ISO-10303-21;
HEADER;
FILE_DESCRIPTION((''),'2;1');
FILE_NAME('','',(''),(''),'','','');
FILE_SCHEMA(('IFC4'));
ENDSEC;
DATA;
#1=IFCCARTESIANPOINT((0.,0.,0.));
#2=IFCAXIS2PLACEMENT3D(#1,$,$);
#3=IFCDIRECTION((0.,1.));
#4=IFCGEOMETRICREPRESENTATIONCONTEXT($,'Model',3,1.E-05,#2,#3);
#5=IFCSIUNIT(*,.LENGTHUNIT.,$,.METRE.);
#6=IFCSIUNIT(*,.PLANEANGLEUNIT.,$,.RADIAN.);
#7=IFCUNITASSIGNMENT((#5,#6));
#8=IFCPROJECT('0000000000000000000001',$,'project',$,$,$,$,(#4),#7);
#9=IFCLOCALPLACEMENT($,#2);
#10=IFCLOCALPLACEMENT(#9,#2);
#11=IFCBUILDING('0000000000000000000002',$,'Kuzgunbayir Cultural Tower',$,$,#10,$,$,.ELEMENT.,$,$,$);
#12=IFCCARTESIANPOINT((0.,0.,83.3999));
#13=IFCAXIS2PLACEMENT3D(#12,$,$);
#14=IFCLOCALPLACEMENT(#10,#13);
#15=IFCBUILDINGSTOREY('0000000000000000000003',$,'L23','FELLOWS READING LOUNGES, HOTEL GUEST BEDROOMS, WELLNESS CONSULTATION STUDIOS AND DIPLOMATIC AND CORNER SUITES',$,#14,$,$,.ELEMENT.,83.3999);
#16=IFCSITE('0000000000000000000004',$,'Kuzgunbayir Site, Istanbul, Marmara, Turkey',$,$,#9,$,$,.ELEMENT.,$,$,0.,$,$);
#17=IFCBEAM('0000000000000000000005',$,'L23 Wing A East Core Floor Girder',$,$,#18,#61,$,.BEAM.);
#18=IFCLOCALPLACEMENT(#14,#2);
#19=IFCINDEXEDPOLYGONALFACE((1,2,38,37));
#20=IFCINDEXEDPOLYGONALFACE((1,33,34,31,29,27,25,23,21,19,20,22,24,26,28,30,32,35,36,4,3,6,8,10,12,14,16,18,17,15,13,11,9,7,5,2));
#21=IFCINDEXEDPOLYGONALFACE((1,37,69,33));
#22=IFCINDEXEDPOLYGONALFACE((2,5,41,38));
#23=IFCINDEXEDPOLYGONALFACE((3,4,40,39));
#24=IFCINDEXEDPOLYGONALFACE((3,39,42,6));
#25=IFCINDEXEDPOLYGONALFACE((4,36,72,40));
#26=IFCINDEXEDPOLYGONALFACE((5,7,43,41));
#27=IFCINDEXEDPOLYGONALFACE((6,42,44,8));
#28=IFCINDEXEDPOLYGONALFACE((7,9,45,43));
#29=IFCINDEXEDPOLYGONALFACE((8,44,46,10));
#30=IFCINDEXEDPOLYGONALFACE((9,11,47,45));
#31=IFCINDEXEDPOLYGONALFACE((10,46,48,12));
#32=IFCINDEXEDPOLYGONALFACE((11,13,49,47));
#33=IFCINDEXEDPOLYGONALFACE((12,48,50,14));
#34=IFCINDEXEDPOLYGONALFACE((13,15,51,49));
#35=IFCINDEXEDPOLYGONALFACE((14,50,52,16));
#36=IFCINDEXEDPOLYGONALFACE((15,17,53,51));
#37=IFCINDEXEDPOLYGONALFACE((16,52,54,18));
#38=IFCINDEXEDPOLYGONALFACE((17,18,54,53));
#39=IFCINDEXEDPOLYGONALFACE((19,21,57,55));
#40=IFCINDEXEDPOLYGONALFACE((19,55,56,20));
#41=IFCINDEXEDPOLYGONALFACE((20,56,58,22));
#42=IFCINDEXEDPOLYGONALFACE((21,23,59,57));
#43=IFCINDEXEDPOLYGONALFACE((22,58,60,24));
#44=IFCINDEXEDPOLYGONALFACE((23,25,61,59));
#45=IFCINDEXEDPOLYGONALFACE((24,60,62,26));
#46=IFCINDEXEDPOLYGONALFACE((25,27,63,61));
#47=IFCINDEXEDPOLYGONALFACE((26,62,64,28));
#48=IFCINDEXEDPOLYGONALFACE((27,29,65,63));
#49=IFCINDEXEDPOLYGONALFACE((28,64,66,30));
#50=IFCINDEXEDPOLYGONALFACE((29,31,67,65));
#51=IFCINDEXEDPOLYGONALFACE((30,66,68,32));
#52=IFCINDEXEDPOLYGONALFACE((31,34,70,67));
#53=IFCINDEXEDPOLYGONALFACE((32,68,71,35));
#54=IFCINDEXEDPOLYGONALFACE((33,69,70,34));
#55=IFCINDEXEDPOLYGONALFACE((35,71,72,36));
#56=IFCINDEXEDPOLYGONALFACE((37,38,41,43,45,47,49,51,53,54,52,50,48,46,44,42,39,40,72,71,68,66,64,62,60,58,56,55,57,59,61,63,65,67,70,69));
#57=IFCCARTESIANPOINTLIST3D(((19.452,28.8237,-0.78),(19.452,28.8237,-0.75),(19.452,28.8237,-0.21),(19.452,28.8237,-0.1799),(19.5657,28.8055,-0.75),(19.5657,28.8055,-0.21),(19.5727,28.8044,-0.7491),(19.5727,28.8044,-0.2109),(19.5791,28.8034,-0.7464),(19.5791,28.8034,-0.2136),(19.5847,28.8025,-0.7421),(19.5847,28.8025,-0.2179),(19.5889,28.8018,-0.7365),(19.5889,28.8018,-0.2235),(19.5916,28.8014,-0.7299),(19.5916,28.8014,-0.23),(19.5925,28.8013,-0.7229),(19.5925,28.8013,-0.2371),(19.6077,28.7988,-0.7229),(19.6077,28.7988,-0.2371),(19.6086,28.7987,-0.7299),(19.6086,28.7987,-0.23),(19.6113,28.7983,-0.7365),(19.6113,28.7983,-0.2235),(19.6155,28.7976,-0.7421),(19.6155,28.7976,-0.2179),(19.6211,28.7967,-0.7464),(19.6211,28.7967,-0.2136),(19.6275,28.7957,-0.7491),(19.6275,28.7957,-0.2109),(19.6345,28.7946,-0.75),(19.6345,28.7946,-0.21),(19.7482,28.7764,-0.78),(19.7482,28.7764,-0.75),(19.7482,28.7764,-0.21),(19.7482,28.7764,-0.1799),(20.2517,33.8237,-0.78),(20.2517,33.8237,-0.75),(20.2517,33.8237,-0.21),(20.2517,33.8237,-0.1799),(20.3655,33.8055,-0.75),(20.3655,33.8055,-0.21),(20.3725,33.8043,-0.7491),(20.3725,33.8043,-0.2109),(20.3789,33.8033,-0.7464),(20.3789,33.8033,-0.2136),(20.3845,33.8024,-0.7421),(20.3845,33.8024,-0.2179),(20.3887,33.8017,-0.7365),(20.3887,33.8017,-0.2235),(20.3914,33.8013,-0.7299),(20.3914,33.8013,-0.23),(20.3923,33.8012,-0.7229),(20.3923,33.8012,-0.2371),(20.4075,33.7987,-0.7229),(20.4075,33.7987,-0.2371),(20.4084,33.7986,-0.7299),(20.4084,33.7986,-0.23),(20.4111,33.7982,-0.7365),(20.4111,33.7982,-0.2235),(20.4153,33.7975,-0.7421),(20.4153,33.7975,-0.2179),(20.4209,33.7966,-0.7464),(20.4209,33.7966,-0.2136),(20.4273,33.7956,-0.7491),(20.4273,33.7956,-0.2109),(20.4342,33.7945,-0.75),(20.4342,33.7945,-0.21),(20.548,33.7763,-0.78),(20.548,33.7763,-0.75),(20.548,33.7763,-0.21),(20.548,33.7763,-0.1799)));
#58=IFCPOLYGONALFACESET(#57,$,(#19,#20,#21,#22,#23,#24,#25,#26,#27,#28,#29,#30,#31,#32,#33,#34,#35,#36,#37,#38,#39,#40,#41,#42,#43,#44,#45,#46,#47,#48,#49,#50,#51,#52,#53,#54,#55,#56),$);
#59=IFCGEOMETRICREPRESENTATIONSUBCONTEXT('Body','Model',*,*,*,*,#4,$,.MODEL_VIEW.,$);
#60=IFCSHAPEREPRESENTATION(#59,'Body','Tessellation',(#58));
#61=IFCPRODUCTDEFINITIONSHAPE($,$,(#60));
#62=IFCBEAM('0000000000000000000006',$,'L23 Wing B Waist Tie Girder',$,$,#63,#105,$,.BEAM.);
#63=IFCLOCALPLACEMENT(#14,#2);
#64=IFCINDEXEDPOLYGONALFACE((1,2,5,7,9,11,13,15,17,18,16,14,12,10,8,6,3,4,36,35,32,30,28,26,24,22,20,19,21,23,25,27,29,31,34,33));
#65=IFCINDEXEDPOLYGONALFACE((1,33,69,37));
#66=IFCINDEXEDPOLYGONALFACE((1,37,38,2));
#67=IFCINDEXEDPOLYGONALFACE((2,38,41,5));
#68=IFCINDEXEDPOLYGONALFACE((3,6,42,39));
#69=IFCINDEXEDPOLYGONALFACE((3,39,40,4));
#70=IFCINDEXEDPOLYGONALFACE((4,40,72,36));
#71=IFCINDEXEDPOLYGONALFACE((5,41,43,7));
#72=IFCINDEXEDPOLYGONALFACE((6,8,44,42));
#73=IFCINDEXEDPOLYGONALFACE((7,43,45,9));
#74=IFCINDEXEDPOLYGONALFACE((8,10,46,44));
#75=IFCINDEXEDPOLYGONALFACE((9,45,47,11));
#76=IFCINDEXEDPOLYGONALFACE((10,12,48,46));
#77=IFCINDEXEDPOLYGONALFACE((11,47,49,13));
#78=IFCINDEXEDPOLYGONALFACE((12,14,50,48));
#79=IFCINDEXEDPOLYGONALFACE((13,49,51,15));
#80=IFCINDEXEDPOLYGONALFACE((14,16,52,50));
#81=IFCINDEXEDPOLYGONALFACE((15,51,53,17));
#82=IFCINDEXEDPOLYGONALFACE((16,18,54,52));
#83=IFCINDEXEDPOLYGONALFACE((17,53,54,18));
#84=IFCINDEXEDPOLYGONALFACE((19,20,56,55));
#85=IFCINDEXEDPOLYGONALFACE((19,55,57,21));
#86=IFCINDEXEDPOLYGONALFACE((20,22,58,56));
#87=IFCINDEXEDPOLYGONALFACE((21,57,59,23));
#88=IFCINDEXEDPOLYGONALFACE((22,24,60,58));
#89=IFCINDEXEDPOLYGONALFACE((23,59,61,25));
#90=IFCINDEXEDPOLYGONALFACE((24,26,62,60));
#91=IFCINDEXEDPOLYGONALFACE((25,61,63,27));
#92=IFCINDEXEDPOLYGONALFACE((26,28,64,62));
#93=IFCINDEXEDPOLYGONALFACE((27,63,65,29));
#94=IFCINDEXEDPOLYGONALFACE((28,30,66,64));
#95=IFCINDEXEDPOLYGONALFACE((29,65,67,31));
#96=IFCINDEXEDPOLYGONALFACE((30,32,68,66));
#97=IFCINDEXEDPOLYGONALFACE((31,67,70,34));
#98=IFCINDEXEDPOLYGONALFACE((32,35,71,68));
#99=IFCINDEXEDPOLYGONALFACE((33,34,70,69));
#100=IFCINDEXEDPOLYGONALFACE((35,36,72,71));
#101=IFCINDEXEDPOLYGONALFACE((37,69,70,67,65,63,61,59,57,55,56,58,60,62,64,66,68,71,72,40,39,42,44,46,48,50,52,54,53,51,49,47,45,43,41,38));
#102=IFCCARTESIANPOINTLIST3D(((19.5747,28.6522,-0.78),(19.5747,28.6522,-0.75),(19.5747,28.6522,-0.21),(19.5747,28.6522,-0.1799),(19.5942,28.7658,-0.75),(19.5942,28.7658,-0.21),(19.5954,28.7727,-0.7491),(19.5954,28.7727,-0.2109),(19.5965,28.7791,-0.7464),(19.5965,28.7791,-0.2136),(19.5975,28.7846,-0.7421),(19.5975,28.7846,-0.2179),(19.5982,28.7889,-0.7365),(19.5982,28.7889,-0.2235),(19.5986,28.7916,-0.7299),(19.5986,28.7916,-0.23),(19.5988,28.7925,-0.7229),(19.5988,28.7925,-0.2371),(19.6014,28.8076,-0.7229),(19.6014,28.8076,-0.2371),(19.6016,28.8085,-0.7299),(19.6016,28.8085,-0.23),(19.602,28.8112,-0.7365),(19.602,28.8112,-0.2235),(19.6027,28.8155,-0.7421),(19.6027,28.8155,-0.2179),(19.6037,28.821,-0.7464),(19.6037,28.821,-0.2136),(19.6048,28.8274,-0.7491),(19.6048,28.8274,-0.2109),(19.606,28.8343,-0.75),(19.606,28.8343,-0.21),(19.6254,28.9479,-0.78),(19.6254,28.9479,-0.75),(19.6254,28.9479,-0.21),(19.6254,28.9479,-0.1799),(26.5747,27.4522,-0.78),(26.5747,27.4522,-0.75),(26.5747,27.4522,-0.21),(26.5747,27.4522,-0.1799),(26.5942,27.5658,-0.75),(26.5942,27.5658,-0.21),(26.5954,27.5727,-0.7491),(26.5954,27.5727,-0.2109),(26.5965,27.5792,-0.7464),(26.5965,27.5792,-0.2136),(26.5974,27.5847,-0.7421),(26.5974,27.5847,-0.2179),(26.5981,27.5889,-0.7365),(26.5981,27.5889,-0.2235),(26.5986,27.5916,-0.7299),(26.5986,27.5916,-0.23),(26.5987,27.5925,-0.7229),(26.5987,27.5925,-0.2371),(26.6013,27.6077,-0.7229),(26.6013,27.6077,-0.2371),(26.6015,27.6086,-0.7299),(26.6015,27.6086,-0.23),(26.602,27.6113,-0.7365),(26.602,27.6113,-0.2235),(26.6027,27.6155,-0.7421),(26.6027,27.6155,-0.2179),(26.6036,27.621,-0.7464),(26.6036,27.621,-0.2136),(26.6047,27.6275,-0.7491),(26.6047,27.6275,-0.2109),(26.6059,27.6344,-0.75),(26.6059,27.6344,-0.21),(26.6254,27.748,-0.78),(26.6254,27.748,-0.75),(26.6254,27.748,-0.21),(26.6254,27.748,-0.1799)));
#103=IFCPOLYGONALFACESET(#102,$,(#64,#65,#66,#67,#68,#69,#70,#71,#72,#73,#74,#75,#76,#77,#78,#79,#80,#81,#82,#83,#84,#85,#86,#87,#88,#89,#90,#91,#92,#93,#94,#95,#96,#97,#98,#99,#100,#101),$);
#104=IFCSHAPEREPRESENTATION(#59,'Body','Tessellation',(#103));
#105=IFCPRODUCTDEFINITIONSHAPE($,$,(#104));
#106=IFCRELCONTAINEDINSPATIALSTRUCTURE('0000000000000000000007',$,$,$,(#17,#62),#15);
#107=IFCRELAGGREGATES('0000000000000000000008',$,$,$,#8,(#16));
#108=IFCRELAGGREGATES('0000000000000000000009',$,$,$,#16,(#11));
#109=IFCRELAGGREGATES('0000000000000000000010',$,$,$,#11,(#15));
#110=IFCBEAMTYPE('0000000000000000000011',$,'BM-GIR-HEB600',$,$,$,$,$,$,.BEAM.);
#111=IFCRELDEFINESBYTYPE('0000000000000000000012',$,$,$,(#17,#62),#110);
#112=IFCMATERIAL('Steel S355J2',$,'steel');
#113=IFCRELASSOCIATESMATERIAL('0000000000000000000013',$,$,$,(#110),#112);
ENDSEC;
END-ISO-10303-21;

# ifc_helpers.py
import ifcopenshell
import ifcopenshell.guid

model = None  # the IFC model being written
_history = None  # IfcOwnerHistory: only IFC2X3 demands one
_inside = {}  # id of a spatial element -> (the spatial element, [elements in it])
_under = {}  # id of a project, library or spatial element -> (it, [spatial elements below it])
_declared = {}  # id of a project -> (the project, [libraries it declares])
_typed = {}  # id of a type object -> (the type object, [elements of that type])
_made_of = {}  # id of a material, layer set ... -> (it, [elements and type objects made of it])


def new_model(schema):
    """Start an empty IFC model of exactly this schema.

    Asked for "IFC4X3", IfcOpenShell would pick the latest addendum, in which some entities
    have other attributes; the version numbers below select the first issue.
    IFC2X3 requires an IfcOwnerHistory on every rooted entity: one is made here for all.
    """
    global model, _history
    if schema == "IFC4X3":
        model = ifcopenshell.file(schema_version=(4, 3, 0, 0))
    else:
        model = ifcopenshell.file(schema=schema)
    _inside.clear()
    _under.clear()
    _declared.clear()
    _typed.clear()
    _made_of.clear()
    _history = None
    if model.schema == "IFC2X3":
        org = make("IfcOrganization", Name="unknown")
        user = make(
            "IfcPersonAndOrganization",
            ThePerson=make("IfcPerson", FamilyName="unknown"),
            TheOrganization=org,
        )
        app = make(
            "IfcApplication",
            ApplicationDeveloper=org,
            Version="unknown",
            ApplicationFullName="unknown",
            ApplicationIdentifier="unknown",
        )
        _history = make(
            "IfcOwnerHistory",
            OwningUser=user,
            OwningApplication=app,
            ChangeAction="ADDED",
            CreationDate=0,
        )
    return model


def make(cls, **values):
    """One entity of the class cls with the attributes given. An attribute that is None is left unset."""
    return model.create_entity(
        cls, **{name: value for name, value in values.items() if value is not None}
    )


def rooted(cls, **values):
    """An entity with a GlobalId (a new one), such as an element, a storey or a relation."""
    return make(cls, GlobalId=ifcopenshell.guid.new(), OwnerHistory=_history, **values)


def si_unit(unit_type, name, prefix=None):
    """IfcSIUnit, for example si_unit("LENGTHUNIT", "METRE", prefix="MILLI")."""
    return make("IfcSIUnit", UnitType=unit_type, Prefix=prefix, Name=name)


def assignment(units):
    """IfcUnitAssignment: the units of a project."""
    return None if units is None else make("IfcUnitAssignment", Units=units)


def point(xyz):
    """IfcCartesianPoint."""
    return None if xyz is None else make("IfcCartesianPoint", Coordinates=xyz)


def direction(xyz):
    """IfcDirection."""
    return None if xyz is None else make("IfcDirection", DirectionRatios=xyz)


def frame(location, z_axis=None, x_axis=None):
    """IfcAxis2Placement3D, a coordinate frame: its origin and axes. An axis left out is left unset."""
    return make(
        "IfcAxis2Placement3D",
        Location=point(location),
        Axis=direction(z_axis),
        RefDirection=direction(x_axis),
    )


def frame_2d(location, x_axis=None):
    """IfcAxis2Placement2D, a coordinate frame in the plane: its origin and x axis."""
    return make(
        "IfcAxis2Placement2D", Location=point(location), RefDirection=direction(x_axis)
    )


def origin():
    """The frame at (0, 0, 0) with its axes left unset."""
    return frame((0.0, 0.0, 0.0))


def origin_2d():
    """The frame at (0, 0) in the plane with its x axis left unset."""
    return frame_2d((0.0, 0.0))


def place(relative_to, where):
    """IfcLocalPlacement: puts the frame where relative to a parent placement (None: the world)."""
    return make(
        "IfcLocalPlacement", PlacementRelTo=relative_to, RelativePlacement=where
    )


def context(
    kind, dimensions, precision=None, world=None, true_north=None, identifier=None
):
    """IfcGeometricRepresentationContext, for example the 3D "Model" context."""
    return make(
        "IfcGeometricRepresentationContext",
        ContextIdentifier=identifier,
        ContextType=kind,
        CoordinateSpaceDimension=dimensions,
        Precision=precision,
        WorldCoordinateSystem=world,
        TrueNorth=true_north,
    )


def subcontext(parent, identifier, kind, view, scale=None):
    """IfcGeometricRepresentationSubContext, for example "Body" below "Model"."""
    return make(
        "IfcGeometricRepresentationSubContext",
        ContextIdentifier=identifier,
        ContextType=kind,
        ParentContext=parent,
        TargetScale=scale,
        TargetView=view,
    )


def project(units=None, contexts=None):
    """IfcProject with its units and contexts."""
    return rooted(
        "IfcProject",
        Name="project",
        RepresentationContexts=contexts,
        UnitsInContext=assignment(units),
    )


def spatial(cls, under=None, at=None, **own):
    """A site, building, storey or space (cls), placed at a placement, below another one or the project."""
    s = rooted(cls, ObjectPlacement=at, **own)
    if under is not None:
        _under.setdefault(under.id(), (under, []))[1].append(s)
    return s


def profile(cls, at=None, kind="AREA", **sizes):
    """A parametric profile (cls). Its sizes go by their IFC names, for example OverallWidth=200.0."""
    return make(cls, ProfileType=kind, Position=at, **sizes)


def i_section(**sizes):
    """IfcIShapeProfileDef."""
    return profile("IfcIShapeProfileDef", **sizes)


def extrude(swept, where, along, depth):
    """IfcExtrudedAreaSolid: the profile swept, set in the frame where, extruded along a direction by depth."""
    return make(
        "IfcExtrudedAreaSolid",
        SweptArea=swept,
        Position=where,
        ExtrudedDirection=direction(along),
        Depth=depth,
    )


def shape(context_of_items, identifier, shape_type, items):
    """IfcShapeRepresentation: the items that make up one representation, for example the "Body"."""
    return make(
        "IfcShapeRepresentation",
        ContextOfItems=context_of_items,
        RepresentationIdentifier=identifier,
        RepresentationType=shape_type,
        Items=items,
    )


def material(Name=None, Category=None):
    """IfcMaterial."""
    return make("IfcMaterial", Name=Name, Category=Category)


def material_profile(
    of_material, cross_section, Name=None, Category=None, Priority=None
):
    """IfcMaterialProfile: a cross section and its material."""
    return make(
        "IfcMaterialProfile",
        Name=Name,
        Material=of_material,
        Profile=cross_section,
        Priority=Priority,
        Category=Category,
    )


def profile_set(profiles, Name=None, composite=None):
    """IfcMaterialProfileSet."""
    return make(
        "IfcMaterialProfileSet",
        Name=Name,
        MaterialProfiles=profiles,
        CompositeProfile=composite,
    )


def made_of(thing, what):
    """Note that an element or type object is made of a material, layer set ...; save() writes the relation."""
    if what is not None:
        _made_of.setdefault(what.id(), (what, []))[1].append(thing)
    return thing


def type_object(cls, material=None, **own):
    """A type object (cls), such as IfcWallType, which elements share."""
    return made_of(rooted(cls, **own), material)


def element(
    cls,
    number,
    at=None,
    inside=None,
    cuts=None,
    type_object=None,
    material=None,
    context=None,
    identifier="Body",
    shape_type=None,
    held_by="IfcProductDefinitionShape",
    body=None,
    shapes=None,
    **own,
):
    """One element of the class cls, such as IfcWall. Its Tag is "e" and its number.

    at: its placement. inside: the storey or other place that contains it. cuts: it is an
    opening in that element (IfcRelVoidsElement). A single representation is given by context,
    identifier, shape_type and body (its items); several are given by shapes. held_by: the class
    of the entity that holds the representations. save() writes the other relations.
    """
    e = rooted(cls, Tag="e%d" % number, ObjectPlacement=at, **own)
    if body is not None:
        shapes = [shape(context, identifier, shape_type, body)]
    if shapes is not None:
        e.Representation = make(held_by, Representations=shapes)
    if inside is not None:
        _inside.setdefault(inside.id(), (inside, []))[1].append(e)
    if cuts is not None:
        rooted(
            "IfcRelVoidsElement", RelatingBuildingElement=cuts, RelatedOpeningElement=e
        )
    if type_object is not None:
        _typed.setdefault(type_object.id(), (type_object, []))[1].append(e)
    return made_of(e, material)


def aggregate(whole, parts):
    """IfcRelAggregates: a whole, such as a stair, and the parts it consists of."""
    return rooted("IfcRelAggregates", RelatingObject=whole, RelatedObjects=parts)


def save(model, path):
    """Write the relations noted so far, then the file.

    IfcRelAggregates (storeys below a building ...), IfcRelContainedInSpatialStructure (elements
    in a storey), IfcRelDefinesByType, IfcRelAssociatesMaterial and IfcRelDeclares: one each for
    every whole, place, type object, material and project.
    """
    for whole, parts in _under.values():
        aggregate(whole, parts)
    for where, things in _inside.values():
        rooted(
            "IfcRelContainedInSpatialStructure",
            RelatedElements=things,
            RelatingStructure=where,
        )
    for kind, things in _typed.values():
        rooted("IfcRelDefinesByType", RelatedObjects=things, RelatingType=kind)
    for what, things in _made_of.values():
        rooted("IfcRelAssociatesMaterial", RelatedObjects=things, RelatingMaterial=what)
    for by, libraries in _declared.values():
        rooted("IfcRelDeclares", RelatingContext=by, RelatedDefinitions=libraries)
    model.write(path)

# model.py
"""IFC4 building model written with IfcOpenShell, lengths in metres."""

from ifc_helpers import new_model, si_unit, direction, frame, origin, origin_2d, place, context, subcontext, project, spatial, i_section, extrude, material, material_profile, profile_set, type_object, element, save


model = new_model("IFC4")

# Units and contexts
model_context = context("Model", 3, precision=1e-05, world=origin(), true_north=direction((0.0, 1.0)))
body_context = subcontext(model_context, "Body", "Model", "MODEL_VIEW")
ifc_project = project(units=[si_unit("LENGTHUNIT", "METRE"), si_unit("PLANEANGLEUNIT", "RADIAN")], contexts=[model_context])

# Site, building, storey
site_placement = place(None, origin())
site = spatial("IfcSite", under=ifc_project, at=site_placement, Name="Kuzgunbayir Site, Istanbul, Marmara, Turkey", CompositionType="ELEMENT", RefElevation=0.0)
building_placement = place(site_placement, origin())
building = spatial("IfcBuilding", under=site, at=building_placement, Name="Kuzgunbayir Cultural Tower", CompositionType="ELEMENT")
storey_placement = place(building_placement, frame((0.0, 0.0, 83.3999)))
storey = spatial("IfcBuildingStorey", under=building, at=storey_placement, Name="L23", Description="FELLOWS READING LOUNGES, HOTEL GUEST BEDROOMS, WELLNESS CONSULTATION STUDIOS AND DIPLOMATIC AND CORNER SUITES", CompositionType="ELEMENT", Elevation=83.3999)

# Beams
ifc_material_1 = material(Name="Steel S355J2", Category="steel")
ifc_material_profile_1 = material_profile(ifc_material_1, i_section(OverallWidth=0.3, OverallDepth=0.6001, WebThickness=0.0154, FlangeThickness=0.03, FilletRadius=0.0271, at=origin_2d()), Name="HEB 600")
ifc_profile_set_1 = profile_set([ifc_material_profile_1], Name="Steel S355J2")
beam_type_1 = type_object("IfcBeamType", Name="BM-GIR-HEB600", PredefinedType="BEAM", material=ifc_profile_set_1)
beam_1_placement = place(storey_placement, frame((19.6001, 28.8, -0.48), z_axis=(0.157953, 0.987447, 0.0), x_axis=(-0.987447, 0.157953, 0.0)))
element("IfcBeam", 1, at=beam_1_placement, inside=storey, type_object=beam_type_1, Name="L23 Wing A East Core Floor Girder", PredefinedType="BEAM", context=body_context, shape_type="SweptSolid", body=[
    extrude(i_section(OverallWidth=0.3, OverallDepth=0.6001, WebThickness=0.0154, FlangeThickness=0.03, FilletRadius=0.0271, at=origin_2d()), origin(), (0.0, 0.0, 1.0), 5.0635),
])
beam_2_placement = place(storey_placement, frame((19.6001, 28.8, -0.48), z_axis=(0.985623, -0.168957, 0.0), x_axis=(0.168957, 0.985623, 0.0)))
element("IfcBeam", 2, at=beam_2_placement, inside=storey, type_object=beam_type_1, Name="L23 Wing B Waist Tie Girder", PredefinedType="BEAM", context=body_context, shape_type="SweptSolid", body=[
    extrude(i_section(OverallWidth=0.3, OverallDepth=0.6001, WebThickness=0.0154, FlangeThickness=0.03, FilletRadius=0.0271, at=origin_2d()), origin(), (0.0, 0.0, 1.0), 7.1021),
])

save(model, "model.ifc")
